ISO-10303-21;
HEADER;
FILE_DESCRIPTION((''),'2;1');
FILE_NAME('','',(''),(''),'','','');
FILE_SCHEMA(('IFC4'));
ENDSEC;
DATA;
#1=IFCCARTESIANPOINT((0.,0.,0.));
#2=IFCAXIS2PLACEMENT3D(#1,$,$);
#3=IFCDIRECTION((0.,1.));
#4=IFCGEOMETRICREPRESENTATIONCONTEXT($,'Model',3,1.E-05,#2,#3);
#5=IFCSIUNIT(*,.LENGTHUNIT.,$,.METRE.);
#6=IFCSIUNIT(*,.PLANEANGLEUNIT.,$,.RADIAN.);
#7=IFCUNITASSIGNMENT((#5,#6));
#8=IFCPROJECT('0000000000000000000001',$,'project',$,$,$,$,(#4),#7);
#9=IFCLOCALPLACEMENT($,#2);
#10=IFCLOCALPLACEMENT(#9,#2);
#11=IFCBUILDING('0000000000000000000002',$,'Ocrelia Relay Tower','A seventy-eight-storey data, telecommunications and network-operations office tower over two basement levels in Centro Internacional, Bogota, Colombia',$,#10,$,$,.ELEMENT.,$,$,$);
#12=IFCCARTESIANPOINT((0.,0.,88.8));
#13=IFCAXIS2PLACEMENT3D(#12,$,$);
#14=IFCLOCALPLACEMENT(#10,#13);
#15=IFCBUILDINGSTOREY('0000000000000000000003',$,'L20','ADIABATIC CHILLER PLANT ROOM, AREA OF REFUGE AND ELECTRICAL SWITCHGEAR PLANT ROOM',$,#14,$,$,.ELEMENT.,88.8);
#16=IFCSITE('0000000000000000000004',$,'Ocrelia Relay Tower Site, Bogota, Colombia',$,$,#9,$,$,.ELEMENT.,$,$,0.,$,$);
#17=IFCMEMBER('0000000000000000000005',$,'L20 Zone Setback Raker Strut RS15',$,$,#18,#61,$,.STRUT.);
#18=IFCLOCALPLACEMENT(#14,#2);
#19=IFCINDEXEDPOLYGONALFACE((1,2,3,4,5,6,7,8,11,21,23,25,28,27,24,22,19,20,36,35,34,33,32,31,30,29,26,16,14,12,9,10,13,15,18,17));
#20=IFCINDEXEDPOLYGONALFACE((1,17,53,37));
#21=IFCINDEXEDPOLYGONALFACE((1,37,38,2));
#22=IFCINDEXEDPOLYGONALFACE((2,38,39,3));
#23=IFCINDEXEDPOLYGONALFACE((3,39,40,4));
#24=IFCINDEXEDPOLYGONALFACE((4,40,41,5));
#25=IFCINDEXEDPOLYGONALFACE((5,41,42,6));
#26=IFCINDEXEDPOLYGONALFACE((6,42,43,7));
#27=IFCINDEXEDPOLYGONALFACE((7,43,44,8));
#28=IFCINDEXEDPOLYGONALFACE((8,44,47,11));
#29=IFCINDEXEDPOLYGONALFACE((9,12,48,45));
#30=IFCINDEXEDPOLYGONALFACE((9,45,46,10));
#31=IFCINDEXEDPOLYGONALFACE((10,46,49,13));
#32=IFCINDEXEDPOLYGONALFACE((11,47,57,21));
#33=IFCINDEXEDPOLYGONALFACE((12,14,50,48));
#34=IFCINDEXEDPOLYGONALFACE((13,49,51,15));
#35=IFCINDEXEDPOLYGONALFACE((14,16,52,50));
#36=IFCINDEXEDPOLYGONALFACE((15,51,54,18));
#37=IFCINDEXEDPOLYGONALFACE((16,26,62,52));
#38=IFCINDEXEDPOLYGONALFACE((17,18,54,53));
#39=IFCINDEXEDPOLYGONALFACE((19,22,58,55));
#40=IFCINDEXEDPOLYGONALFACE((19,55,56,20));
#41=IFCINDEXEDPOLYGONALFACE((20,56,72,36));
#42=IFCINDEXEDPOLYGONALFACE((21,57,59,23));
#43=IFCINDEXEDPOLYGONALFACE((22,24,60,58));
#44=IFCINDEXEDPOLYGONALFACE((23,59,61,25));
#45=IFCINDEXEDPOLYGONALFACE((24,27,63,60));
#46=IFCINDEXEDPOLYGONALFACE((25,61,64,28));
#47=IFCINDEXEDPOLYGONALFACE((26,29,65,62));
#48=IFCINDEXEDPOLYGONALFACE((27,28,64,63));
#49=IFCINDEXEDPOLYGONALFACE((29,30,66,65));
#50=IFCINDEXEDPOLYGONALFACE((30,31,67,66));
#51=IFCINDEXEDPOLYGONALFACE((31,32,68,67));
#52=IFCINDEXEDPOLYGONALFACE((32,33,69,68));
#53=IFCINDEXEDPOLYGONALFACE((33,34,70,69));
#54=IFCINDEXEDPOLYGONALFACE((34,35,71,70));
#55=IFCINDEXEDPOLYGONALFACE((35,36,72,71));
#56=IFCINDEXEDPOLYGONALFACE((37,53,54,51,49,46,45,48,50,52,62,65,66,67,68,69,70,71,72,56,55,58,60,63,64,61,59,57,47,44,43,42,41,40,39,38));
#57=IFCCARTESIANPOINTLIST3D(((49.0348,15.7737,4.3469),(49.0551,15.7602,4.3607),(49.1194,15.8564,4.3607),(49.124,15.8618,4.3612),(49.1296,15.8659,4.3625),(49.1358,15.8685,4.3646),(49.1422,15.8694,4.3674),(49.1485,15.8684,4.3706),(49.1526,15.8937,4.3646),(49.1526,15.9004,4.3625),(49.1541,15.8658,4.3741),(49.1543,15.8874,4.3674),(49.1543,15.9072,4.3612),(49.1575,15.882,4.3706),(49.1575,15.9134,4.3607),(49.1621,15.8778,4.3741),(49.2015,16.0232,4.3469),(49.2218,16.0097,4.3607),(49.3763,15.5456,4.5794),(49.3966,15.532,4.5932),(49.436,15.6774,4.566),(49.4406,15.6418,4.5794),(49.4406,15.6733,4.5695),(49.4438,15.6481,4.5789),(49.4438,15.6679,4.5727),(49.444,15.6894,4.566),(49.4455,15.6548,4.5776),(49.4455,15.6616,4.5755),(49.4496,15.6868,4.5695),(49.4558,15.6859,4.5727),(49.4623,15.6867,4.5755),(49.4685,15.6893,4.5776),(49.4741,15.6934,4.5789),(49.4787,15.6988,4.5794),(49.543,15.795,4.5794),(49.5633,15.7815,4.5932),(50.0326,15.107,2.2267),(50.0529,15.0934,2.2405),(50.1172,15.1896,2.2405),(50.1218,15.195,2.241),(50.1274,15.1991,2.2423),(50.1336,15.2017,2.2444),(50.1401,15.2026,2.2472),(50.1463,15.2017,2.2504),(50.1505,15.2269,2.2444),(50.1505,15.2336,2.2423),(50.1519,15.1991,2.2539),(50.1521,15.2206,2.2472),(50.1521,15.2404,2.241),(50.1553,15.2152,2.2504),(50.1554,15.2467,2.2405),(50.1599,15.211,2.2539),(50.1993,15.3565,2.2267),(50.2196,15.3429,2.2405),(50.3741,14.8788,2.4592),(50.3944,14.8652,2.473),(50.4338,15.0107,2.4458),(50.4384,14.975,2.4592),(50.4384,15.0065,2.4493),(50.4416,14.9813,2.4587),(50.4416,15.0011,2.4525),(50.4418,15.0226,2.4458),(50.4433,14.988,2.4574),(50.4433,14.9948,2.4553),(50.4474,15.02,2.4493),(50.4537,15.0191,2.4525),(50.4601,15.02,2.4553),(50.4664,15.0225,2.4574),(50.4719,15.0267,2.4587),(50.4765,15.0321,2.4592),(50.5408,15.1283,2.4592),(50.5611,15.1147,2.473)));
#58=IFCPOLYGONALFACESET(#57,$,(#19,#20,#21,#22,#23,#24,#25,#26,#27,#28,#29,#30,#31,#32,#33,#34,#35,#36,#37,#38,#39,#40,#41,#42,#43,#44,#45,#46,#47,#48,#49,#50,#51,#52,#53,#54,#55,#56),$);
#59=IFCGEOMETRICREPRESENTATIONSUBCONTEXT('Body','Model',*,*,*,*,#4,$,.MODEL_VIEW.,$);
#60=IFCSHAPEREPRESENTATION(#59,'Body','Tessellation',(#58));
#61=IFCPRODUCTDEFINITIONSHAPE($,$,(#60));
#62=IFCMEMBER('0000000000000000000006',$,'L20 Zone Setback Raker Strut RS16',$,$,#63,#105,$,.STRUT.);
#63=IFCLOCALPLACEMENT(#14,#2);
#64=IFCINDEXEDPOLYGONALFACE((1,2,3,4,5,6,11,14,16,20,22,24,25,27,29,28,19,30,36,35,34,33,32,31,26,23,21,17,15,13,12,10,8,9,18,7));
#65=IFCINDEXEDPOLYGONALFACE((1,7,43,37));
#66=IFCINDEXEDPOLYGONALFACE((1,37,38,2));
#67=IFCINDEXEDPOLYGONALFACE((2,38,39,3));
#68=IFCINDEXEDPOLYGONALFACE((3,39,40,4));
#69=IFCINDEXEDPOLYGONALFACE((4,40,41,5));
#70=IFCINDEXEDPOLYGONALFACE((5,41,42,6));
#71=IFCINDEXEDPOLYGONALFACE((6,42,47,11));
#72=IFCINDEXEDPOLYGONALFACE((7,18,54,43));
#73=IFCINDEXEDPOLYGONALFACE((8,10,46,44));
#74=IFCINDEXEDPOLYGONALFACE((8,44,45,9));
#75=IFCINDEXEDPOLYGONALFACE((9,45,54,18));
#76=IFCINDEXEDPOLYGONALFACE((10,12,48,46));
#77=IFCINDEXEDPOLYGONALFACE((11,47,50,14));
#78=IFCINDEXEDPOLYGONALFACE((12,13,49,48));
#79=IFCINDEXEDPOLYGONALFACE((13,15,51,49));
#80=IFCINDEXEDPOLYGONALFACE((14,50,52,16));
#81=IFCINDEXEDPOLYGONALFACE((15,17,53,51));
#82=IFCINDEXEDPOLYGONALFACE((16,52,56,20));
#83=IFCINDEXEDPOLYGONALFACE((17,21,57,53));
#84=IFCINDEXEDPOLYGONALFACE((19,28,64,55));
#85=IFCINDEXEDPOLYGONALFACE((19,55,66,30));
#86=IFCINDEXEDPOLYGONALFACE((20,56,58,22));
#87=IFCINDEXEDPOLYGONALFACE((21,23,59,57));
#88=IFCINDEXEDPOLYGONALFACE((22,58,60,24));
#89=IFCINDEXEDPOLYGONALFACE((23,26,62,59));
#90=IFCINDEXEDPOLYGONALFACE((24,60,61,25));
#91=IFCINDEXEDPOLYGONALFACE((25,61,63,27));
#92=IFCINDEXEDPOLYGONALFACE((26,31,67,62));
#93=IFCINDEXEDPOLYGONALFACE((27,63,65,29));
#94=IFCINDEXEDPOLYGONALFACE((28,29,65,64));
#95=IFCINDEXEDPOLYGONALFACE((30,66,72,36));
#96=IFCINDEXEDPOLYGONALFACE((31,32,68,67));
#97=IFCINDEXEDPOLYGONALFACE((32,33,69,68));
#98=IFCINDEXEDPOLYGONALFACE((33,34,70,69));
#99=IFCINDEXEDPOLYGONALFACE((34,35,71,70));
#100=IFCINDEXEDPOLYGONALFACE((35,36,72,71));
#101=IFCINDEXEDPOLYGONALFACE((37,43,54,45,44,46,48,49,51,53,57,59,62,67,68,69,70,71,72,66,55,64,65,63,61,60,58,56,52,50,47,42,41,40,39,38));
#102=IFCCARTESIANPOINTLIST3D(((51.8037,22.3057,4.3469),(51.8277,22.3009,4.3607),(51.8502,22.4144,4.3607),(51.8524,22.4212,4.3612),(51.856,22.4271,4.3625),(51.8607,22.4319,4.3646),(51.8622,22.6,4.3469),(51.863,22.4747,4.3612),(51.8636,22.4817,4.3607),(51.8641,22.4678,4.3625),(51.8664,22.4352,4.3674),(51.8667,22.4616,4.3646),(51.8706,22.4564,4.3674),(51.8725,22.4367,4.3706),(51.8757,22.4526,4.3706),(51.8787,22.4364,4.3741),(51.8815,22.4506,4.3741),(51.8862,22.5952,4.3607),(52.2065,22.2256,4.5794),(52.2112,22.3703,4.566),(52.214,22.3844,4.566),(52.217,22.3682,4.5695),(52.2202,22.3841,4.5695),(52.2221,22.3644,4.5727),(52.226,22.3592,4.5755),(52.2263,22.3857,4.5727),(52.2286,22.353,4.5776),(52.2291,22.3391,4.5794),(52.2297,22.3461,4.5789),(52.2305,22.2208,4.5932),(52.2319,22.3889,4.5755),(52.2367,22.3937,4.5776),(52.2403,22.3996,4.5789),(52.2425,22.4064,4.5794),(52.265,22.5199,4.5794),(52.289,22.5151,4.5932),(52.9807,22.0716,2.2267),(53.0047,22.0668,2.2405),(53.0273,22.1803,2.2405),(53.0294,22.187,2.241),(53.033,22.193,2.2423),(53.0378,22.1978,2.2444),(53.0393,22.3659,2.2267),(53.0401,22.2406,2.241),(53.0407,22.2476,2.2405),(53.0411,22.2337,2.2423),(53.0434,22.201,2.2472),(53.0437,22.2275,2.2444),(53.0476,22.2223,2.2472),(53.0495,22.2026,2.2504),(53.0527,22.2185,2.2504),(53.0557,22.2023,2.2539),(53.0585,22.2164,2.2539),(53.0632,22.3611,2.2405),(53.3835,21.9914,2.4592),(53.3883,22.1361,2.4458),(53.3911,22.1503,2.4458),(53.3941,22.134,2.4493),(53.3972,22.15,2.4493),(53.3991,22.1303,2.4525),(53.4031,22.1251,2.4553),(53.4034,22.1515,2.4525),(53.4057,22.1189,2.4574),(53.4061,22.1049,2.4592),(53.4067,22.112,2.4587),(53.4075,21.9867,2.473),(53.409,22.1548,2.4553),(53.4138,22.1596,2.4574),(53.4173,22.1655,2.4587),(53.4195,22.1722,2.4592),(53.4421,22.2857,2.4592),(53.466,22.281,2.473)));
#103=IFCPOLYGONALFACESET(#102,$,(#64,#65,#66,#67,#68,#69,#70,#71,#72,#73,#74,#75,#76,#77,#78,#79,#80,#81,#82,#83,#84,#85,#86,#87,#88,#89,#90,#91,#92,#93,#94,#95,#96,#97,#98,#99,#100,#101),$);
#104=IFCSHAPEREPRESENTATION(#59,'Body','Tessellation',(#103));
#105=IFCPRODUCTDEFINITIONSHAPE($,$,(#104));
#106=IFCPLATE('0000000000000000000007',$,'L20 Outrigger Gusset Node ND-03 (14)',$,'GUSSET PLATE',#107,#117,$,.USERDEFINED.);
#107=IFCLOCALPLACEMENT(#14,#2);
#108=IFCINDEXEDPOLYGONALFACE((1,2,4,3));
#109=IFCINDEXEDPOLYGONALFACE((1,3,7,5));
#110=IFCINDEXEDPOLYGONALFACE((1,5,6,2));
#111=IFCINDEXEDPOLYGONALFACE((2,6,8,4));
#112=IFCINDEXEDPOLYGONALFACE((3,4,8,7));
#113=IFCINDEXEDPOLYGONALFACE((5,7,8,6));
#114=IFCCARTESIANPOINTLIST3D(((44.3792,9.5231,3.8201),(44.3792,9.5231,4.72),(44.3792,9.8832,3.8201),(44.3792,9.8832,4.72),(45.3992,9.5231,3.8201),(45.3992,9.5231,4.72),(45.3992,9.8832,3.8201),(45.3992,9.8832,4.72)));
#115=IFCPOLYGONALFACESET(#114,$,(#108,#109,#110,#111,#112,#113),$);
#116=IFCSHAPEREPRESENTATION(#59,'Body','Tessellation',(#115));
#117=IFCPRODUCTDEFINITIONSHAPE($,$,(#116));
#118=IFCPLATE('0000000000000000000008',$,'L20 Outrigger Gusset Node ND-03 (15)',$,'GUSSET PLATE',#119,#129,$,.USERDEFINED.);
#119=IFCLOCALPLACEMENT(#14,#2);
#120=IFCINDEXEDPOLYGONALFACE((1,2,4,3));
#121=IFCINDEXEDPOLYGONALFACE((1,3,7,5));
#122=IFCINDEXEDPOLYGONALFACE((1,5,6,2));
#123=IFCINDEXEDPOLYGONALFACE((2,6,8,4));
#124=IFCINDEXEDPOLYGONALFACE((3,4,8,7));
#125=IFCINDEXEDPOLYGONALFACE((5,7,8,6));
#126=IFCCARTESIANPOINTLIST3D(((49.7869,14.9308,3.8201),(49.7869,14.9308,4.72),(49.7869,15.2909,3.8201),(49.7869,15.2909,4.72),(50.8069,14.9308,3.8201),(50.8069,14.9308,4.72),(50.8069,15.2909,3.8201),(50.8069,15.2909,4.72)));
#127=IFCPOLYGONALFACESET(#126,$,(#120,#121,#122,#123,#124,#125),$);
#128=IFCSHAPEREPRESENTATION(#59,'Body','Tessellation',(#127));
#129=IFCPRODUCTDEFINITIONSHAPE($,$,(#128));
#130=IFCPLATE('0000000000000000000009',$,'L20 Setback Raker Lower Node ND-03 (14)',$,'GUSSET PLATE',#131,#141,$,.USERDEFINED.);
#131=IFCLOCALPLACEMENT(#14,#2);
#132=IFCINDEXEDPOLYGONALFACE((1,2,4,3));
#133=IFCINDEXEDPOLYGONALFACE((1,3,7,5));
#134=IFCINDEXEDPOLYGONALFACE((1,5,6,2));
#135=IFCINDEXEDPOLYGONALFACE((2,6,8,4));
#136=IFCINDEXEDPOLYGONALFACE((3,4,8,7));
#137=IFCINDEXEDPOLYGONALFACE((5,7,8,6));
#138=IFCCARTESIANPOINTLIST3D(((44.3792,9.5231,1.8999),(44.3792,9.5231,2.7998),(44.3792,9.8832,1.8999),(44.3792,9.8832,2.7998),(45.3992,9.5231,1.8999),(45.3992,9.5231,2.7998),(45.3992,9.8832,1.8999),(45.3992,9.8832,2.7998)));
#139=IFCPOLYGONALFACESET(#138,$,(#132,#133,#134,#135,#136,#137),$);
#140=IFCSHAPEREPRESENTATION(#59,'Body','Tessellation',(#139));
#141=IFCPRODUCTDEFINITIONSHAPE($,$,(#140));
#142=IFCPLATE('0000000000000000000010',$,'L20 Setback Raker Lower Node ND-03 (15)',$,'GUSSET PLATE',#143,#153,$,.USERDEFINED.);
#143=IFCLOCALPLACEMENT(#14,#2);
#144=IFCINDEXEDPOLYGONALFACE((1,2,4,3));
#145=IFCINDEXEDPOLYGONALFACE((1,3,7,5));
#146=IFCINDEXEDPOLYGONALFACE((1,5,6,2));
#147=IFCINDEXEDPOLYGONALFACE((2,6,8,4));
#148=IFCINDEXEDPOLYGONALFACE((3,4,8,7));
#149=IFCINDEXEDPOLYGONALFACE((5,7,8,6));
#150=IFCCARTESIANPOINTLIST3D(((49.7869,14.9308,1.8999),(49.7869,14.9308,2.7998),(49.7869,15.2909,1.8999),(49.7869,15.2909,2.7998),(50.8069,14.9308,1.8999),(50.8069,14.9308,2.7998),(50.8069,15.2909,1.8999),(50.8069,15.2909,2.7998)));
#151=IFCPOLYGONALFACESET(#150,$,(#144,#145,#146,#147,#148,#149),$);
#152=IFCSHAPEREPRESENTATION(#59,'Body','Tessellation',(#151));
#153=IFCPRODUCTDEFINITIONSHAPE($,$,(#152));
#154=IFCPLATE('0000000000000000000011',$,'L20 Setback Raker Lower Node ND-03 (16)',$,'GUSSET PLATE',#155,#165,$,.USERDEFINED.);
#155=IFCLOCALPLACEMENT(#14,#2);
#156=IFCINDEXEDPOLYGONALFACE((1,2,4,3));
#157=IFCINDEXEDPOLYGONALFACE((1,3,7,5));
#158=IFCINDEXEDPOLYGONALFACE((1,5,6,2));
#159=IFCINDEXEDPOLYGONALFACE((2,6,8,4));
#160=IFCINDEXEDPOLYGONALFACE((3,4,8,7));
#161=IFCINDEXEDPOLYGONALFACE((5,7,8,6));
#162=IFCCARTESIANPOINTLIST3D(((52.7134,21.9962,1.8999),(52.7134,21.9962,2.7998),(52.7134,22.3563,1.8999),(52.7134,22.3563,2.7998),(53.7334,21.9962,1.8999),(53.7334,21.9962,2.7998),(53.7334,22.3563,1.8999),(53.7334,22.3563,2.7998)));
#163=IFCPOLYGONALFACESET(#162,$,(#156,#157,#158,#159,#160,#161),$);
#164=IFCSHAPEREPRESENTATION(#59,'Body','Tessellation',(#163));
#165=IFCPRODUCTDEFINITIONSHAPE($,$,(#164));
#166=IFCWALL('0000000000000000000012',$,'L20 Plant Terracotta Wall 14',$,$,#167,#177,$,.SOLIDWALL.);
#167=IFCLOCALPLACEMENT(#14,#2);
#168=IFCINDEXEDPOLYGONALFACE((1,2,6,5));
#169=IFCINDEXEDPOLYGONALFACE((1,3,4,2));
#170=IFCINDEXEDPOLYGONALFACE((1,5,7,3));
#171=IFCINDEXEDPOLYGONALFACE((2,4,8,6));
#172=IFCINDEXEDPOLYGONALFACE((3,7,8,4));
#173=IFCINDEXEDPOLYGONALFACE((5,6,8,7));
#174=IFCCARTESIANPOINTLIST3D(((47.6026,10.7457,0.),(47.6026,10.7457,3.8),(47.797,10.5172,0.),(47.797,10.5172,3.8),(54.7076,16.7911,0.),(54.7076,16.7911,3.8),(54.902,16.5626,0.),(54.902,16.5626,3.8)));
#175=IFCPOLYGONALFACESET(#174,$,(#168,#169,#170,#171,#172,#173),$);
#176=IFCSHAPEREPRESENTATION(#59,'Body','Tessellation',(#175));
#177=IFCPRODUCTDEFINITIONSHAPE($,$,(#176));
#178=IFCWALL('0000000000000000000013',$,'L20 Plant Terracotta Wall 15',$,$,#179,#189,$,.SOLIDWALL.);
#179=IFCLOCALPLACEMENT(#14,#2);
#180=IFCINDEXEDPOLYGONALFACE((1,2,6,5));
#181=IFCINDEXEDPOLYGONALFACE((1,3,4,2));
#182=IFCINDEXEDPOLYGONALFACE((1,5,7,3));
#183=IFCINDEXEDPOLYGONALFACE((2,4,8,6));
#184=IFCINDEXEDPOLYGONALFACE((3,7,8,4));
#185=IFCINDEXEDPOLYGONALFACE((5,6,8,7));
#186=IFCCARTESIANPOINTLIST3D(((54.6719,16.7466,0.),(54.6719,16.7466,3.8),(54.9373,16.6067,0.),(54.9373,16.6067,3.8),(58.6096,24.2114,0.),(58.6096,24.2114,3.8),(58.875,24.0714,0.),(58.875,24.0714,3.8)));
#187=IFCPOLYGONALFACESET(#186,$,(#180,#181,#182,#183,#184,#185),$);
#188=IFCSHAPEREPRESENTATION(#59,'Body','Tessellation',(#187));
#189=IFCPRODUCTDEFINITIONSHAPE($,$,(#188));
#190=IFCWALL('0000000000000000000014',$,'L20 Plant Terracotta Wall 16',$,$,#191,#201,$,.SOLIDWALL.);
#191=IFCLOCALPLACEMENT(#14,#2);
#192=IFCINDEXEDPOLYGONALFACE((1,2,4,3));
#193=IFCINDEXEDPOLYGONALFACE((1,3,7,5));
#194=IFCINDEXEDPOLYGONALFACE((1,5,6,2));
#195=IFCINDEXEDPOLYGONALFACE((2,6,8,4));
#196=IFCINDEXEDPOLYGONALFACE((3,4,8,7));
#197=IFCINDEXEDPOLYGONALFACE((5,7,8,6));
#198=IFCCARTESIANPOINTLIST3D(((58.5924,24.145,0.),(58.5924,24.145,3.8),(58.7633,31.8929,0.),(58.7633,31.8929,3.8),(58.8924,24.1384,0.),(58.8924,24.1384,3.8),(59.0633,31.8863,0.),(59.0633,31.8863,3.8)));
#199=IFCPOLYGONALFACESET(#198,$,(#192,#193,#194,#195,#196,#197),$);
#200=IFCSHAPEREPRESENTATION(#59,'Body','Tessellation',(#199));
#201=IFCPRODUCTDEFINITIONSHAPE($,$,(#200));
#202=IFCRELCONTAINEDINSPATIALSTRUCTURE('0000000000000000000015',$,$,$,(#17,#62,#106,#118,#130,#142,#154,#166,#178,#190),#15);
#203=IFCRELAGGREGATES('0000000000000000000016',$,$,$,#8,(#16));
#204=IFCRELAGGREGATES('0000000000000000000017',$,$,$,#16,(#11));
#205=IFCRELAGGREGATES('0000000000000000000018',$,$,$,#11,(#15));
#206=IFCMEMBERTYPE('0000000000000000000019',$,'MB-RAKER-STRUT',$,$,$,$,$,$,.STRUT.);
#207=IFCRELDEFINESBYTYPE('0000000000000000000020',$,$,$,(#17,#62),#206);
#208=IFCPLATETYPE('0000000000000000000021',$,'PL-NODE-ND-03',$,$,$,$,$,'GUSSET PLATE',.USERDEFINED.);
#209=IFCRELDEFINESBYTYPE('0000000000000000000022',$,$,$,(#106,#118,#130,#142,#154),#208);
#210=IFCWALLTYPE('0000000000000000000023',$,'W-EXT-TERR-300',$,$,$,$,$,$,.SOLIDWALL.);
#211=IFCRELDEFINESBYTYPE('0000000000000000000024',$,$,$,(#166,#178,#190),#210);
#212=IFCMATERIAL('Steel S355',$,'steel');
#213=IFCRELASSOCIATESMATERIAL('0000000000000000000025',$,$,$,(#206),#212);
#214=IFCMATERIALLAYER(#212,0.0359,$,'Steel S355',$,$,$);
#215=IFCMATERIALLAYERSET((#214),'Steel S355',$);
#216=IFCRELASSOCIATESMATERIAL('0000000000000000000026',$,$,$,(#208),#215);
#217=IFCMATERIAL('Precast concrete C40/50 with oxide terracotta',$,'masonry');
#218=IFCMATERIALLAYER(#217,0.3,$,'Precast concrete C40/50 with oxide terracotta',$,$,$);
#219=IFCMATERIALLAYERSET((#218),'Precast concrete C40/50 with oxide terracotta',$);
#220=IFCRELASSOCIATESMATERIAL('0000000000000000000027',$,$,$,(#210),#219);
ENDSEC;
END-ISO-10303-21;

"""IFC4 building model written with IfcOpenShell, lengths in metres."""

from ifc_helpers import new_model, si_unit, direction, frame, frame_2d, origin, origin_2d, place, context, subcontext, project, spatial, rectangle, i_section, extrude, material, layer, layer_set, material_profile, profile_set, type_object, element, save


model = new_model("IFC4")

# Units and contexts
model_context = context("Model", 3, precision=1e-05, world=origin(), true_north=direction((0.0, 1.0)))
body_context = subcontext(model_context, "Body", "Model", "MODEL_VIEW")
ifc_project = project(units=[si_unit("LENGTHUNIT", "METRE"), si_unit("PLANEANGLEUNIT", "RADIAN")], contexts=[model_context])

# Site, building, storey
site_placement = place(None, origin())
site = spatial("IfcSite", under=ifc_project, at=site_placement, Name="Ocrelia Relay Tower Site, Bogota, Colombia", CompositionType="ELEMENT", RefElevation=0.0)
building_placement = place(site_placement, origin())
building = spatial("IfcBuilding", under=site, at=building_placement, Name="Ocrelia Relay Tower", Description="A seventy-eight-storey data, telecommunications and network-operations office tower over two basement levels in Centro Internacional, Bogota, Colombia", CompositionType="ELEMENT")
storey_placement = place(building_placement, frame((0.0, 0.0, 88.8)))
storey = spatial("IfcBuildingStorey", under=building, at=storey_placement, Name="L20", Description="ADIABATIC CHILLER PLANT ROOM, AREA OF REFUGE AND ELECTRICAL SWITCHGEAR PLANT ROOM", CompositionType="ELEMENT", Elevation=88.8)

# Shared definitions
ifc_material_1 = material(Name="Steel S355", Category="steel")

# Members
ifc_material_profile_1 = material_profile(ifc_material_1, i_section(OverallWidth=0.3, OverallDepth=0.5, WebThickness=0.0144, FlangeThickness=0.0281, FilletRadius=0.0271, at=origin_2d()), Name="HEB 500")
ifc_profile_set_1 = profile_set([ifc_material_profile_1], Name="Steel S355")
member_type_1 = type_object("IfcMemberType", Name="MB-RAKER-STRUT", PredefinedType="STRUT", material=ifc_profile_set_1)
for number, where, z_axis, x_axis, name in (
    (1, (50.2969, 15.1108, 2.3499), (-0.409574, 0.273684, 0.870257), (-0.555592, -0.831455, 0.0), "L20 Zone Setback Raker Strut RS15"),
    (2, (53.2234, 22.1763, 2.3499), (-0.483131, 0.096105, 0.870257), (-0.195099, -0.980784, 0.0), "L20 Zone Setback Raker Strut RS16"),
):
    element("IfcMember", number, at=place(storey_placement, frame(where, z_axis=z_axis, x_axis=x_axis)), inside=storey, type_object=member_type_1, Name=name, PredefinedType="STRUT", context=body_context, shape_type="SweptSolid", body=[
        extrude(i_section(OverallWidth=0.3, OverallDepth=0.5, WebThickness=0.0144, FlangeThickness=0.0281, FilletRadius=0.0271, at=origin_2d()), origin(), (0.0, 0.0, 1.0), 2.4363),
    ])

# Plates
ifc_layer_1 = layer(ifc_material_1, 0.0359, Name="Steel S355")
ifc_layer_set_1 = layer_set([ifc_layer_1], Name="Steel S355")
plate_type = type_object("IfcPlateType", Name="PL-NODE-ND-03", ElementType="GUSSET PLATE", PredefinedType="USERDEFINED", material=ifc_layer_set_1)
for number, where, z_axis, x_axis, name in (
    (3, (44.8892, 9.7031, 3.8201), (0.0, 0.0, 1.0), (1.0, 0.0, 0.0), "L20 Outrigger Gusset Node ND-03 (14)"),
    (4, (50.2969, 15.1108, 3.8201), (0.0, 0.0, 1.0), (1.0, 0.0, 0.0), "L20 Outrigger Gusset Node ND-03 (15)"),
    (5, (44.8892, 9.7031, 1.8999), (0.0, 0.0, 1.0), (1.0, 0.0, 0.0), "L20 Setback Raker Lower Node ND-03 (14)"),
    (6, (50.2969, 15.1108, 1.8999), (0.0, 0.0, 1.0), (1.0, 0.0, 0.0), "L20 Setback Raker Lower Node ND-03 (15)"),
    (7, (53.2234, 22.1763, 1.8999), (0.0, 0.0, 1.0), (1.0, 0.0, 0.0), "L20 Setback Raker Lower Node ND-03 (16)"),
):
    element("IfcPlate", number, at=place(storey_placement, frame(where, z_axis=z_axis, x_axis=x_axis)), inside=storey, type_object=plate_type, Name=name, ObjectType="GUSSET PLATE", PredefinedType="USERDEFINED", context=body_context, shape_type="SweptSolid", body=[
        extrude(rectangle(XDim=1.02, YDim=0.3601, at=origin_2d()), origin(), (0.0, 0.0, 1.0), 0.8999),
    ])

# Walls
ifc_material_2 = material(Name="Precast concrete C40/50 with oxide terracotta", Category="masonry")
ifc_layer_2 = layer(ifc_material_2, 0.3, Name="Precast concrete C40/50 with oxide terracotta")
ifc_layer_set_2 = layer_set([ifc_layer_2], Name="Precast concrete C40/50 with oxide terracotta")
wall_type_1 = type_object("IfcWallType", Name="W-EXT-TERR-300", PredefinedType="SOLIDWALL", material=ifc_layer_set_2)
wall_1_placement = place(storey_placement, frame((47.6997, 10.6313, 0.0), z_axis=(0.0, 0.0, 1.0), x_axis=(0.761612, 0.648033, 0.0)))
element("IfcWall", 8, at=wall_1_placement, inside=storey, type_object=wall_type_1, Name="L20 Plant Terracotta Wall 14", PredefinedType="SOLIDWALL", context=body_context, shape_type="SweptSolid", body=[
    extrude(rectangle(XDim=9.3289, YDim=0.3, at=frame_2d((4.6646, 0.0))), origin(), (0.0, 0.0, 1.0), 3.8),
])
wall_2_placement = place(storey_placement, frame((54.8047, 16.6768, 0.0), z_axis=(0.0, 0.0, 1.0), x_axis=(0.46657, 0.884484, 0.0)))
element("IfcWall", 9, at=wall_2_placement, inside=storey, type_object=wall_type_1, Name="L20 Plant Terracotta Wall 15", PredefinedType="SOLIDWALL", context=body_context, shape_type="SweptSolid", body=[
    extrude(rectangle(XDim=8.4397, YDim=0.3, at=frame_2d((4.2197, 0.0))), origin(), (0.0, 0.0, 1.0), 3.8),
])
wall_3_placement = place(storey_placement, frame((58.7424, 24.1416, 0.0), z_axis=(0.0, 0.0, 1.0), x_axis=(0.022052, 0.999757, 0.0)))
element("IfcWall", 10, at=wall_3_placement, inside=storey, type_object=wall_type_1, Name="L20 Plant Terracotta Wall 16", PredefinedType="SOLIDWALL", context=body_context, shape_type="SweptSolid", body=[
    extrude(rectangle(XDim=7.7498, YDim=0.3, at=frame_2d((3.875, 0.0))), origin(), (0.0, 0.0, 1.0), 3.8),
])

save(model, "model.ifc")
